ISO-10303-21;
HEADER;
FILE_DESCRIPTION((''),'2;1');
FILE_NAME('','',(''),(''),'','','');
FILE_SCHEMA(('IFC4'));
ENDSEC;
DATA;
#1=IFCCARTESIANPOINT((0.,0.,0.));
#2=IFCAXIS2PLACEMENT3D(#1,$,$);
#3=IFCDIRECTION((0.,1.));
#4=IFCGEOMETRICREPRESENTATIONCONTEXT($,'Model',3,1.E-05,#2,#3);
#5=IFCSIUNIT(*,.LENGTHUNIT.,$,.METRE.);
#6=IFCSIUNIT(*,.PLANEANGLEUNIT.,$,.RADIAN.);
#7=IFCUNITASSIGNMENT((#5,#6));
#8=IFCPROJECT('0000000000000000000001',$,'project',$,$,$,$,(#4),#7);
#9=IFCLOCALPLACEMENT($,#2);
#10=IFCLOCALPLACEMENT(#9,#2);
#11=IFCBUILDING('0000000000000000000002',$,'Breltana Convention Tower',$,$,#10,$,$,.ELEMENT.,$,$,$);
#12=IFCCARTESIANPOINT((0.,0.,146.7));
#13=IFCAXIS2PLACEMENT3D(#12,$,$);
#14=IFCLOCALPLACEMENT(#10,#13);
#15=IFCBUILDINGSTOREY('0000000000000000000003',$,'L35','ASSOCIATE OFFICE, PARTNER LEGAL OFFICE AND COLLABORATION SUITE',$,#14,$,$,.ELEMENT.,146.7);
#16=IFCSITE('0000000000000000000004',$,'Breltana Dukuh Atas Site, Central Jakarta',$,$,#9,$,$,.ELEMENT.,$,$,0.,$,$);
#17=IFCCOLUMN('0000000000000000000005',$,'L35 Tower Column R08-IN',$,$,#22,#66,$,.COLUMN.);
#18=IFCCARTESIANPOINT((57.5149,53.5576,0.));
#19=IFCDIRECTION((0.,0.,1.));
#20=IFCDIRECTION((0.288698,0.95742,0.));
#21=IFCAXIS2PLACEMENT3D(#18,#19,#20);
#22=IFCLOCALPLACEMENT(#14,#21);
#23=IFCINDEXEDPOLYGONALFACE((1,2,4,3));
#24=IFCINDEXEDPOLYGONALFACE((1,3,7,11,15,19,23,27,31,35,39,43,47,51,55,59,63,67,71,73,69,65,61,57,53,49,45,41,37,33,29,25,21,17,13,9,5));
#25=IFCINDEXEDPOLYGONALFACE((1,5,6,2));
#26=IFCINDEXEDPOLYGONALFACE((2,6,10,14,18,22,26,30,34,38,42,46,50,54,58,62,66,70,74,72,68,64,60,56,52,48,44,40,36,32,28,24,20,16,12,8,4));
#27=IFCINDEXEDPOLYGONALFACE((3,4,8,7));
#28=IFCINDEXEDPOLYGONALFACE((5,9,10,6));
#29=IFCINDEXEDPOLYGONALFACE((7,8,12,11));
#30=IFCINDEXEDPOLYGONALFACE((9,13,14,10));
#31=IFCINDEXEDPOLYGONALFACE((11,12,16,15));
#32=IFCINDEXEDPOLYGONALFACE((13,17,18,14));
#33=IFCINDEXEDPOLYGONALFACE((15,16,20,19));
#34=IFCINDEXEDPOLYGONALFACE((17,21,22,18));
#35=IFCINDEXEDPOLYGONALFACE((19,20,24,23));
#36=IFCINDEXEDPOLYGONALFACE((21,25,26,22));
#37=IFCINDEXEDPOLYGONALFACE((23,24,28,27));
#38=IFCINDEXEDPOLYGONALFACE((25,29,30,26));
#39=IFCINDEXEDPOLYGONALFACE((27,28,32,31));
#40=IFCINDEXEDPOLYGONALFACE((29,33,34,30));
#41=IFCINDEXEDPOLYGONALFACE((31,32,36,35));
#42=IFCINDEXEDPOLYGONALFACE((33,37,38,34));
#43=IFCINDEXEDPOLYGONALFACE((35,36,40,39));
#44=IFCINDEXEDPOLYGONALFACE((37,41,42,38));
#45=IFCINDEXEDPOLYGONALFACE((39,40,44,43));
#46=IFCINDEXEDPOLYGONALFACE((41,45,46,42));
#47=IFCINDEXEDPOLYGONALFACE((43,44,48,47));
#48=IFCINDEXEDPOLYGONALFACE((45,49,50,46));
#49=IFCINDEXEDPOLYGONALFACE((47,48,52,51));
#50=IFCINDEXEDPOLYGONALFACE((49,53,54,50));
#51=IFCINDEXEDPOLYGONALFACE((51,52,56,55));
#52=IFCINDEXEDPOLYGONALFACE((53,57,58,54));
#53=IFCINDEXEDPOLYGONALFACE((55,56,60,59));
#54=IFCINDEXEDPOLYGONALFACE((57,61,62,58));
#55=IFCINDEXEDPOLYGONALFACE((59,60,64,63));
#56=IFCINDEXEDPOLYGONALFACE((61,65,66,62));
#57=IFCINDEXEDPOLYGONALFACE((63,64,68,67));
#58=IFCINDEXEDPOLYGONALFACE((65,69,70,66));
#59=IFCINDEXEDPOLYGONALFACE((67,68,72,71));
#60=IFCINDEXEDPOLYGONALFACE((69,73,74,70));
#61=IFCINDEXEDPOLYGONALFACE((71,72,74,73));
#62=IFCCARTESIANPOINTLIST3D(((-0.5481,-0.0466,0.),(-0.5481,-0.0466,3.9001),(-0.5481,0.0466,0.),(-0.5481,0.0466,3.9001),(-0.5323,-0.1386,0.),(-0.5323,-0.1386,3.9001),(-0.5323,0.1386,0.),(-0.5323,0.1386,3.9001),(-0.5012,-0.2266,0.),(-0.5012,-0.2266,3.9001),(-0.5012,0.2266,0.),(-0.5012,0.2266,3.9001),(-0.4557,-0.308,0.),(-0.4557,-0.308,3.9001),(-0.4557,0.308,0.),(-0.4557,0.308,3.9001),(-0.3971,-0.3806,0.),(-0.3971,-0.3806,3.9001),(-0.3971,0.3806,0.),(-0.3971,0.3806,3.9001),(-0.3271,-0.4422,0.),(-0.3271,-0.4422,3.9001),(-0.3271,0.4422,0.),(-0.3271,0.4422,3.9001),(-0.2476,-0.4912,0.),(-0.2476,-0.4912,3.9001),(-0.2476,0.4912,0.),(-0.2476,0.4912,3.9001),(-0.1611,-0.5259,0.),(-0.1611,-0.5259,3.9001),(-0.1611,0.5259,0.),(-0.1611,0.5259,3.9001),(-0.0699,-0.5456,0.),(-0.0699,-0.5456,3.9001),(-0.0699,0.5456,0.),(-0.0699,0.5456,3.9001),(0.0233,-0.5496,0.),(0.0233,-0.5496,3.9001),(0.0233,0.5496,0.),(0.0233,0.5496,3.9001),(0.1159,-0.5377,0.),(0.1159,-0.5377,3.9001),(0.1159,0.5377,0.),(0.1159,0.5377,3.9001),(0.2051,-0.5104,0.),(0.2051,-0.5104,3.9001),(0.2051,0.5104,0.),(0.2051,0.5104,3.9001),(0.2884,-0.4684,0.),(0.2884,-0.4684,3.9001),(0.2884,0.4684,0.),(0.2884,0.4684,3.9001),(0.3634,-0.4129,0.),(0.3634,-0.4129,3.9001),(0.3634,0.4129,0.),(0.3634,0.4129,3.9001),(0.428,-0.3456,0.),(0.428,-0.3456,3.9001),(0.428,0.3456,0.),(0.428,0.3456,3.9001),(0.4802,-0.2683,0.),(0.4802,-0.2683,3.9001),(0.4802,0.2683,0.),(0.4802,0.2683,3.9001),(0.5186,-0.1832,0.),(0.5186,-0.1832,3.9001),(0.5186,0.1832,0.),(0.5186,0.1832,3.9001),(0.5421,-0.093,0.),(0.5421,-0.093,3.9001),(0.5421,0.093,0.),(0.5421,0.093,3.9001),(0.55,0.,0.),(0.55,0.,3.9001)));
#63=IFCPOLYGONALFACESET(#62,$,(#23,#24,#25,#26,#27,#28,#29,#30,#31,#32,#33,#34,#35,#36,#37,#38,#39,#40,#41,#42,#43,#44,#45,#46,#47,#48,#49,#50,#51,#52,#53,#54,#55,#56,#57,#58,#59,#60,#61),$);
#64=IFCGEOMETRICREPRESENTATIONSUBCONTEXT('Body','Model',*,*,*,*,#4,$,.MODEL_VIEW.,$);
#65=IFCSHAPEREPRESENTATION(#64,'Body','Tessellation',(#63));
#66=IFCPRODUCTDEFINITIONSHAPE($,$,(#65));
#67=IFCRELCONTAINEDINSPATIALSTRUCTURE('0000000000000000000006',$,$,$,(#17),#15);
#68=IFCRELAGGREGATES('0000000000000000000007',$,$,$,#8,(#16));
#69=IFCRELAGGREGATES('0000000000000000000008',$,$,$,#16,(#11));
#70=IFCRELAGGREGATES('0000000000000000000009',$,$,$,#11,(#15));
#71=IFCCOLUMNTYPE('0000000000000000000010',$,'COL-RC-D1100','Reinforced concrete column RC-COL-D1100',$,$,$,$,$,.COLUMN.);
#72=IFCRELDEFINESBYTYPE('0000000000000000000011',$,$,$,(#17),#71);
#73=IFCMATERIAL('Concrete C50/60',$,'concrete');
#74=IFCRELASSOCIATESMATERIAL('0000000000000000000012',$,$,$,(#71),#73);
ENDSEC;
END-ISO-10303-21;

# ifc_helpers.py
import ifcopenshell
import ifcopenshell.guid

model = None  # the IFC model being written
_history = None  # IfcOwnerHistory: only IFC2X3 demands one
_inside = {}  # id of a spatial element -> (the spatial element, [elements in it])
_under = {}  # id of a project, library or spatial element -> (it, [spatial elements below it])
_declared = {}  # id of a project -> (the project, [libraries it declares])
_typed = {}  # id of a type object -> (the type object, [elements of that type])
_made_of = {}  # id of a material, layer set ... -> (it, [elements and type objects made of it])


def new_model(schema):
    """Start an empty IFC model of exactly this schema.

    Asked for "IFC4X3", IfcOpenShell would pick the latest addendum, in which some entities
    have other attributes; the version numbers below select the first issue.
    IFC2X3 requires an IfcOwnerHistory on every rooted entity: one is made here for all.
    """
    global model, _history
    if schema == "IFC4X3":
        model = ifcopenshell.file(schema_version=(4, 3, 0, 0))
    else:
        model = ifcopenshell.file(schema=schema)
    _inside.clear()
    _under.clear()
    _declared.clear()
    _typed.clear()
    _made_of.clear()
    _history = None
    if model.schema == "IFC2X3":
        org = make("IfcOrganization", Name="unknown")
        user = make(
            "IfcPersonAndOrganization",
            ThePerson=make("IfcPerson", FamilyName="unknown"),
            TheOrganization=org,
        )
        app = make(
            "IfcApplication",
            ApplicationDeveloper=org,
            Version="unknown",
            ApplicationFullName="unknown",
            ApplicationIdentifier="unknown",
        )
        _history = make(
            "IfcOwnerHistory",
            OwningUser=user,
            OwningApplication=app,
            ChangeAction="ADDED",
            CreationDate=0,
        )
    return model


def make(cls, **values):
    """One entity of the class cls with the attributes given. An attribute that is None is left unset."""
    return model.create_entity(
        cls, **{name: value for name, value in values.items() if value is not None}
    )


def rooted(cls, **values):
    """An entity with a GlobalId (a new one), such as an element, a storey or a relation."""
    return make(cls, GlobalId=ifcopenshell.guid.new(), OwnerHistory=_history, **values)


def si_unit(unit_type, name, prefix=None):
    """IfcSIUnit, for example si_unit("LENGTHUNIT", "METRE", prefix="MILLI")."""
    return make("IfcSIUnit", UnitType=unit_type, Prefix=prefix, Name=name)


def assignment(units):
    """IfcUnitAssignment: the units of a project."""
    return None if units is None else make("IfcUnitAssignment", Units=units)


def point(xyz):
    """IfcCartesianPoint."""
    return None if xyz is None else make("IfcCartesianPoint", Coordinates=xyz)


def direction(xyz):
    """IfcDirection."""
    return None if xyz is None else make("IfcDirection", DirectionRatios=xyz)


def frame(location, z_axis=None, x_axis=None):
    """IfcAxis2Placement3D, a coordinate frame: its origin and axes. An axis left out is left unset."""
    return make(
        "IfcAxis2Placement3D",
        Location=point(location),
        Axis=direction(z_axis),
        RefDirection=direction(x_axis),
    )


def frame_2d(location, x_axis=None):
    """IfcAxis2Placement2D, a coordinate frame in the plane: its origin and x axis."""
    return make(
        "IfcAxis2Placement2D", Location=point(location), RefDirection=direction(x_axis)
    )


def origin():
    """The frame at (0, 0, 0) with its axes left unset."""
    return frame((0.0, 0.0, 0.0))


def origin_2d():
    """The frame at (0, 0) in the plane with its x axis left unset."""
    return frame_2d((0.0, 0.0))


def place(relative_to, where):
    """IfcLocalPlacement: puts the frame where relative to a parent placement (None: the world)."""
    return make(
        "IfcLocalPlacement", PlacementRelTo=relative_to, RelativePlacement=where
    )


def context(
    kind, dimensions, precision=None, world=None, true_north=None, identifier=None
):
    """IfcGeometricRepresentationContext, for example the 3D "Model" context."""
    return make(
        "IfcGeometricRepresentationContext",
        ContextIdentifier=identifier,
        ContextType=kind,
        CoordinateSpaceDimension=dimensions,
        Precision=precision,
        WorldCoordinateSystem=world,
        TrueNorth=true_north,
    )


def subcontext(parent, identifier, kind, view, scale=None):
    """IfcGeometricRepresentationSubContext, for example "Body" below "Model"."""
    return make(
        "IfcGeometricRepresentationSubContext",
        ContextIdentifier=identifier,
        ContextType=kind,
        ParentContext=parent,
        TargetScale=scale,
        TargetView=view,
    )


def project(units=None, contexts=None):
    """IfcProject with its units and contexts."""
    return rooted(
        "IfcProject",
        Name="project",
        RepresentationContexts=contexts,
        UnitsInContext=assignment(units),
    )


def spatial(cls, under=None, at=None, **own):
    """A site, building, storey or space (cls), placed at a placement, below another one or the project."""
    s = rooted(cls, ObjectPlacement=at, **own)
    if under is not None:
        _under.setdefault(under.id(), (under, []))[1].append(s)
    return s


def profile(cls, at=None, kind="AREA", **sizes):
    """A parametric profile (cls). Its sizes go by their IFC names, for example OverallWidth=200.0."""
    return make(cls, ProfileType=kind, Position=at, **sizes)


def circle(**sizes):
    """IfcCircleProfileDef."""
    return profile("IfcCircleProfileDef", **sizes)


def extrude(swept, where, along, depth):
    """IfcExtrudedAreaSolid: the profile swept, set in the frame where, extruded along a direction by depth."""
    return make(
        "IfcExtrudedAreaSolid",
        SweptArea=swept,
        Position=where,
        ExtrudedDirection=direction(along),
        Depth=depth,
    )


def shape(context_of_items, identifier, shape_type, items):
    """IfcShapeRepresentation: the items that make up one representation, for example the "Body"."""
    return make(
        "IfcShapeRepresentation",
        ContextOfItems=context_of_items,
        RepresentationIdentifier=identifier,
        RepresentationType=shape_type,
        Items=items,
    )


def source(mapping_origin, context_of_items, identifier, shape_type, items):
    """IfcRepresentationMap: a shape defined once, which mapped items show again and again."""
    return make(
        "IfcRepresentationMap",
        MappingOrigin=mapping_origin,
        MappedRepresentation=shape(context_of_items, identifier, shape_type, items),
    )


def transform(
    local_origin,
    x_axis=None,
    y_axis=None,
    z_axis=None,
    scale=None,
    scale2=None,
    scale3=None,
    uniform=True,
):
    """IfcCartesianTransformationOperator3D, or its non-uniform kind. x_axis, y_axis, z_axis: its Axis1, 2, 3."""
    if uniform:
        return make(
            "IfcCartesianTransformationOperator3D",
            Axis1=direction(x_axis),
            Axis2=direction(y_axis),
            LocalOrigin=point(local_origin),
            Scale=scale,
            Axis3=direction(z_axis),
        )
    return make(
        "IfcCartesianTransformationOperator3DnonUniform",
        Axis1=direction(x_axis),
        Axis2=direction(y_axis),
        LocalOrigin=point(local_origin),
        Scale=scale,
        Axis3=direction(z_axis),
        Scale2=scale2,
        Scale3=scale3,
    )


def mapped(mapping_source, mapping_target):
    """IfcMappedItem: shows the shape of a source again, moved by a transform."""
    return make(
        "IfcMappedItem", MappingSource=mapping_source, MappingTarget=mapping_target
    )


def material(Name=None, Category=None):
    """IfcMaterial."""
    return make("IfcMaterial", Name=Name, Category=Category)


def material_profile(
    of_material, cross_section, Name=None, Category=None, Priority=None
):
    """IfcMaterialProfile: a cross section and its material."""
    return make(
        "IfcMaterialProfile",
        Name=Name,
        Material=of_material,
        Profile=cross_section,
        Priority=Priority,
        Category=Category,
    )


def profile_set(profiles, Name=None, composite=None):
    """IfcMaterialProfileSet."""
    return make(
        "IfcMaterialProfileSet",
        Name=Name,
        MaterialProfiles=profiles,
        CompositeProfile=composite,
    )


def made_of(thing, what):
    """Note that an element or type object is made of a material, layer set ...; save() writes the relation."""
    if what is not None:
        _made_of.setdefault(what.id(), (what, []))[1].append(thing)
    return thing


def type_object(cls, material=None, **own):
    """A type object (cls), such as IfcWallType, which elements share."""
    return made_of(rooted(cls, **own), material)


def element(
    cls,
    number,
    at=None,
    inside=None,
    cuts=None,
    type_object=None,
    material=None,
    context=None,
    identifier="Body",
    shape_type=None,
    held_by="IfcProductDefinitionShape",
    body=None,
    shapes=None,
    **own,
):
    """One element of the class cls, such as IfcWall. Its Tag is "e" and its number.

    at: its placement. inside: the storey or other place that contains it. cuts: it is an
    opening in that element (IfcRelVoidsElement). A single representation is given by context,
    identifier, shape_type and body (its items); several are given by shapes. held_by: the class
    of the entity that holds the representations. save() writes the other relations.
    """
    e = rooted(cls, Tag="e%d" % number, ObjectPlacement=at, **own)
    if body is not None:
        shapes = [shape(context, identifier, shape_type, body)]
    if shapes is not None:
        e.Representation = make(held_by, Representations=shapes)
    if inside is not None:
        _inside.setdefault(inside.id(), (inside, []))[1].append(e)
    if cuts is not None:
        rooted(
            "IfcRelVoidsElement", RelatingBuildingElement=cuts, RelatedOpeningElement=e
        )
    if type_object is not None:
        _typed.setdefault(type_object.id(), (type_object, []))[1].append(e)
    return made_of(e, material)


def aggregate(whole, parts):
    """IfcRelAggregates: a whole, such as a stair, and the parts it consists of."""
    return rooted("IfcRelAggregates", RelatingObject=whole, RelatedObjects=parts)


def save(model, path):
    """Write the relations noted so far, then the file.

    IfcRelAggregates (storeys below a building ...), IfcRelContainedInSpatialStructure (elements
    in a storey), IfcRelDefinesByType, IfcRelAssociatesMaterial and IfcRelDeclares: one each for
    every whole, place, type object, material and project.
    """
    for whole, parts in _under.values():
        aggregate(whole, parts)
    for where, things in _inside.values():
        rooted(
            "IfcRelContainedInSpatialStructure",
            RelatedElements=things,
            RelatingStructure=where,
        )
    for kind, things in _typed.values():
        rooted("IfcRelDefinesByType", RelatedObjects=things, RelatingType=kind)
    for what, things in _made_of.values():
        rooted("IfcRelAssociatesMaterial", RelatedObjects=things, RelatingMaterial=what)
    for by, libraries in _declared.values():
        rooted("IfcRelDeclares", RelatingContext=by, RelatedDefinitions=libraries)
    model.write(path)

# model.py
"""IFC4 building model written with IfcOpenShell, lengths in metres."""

from ifc_helpers import new_model, si_unit, direction, frame, origin, origin_2d, place, context, subcontext, project, spatial, circle, extrude, source, transform, mapped, material, material_profile, profile_set, type_object, element, save


model = new_model("IFC4")

# Units and contexts
model_context = context("Model", 3, precision=1e-05, world=origin(), true_north=direction((0.0, 1.0)))
body_context = subcontext(model_context, "Body", "Model", "MODEL_VIEW")
ifc_project = project(units=[si_unit("LENGTHUNIT", "METRE"), si_unit("PLANEANGLEUNIT", "RADIAN")], contexts=[model_context])

# Site, building, storey
site_placement = place(None, origin())
site = spatial("IfcSite", under=ifc_project, at=site_placement, Name="Breltana Dukuh Atas Site, Central Jakarta", CompositionType="ELEMENT", RefElevation=0.0)
building_placement = place(site_placement, origin())
building = spatial("IfcBuilding", under=site, at=building_placement, Name="Breltana Convention Tower", CompositionType="ELEMENT")
storey_placement = place(building_placement, frame((0.0, 0.0, 146.7)))
storey = spatial("IfcBuildingStorey", under=building, at=storey_placement, Name="L35", Description="ASSOCIATE OFFICE, PARTNER LEGAL OFFICE AND COLLABORATION SUITE", CompositionType="ELEMENT", Elevation=146.7)

# Column
ifc_material_1 = material(Name="Concrete C50/60", Category="concrete")
ifc_material_profile_1 = material_profile(ifc_material_1, circle(Radius=0.55, at=origin_2d()), Name="RC-COL-D1100")
ifc_profile_set_1 = profile_set([ifc_material_profile_1], Name="Concrete C50/60")
column_type = type_object("IfcColumnType", Name="COL-RC-D1100", Description="Reinforced concrete column RC-COL-D1100", PredefinedType="COLUMN", material=ifc_profile_set_1)
shared_shape_1 = source(origin(), body_context, "Body", "SweptSolid", [
    extrude(circle(Radius=0.55, at=origin_2d()), origin(), (0.0, 0.0, 1.0), 3.9001),
])
for number, where, z_axis, x_axis, name in (
    (1, (57.5149, 53.5576, 0.0), (0.0, 0.0, 1.0), (0.288698, 0.95742, 0.0), "L35 Tower Column R08-IN"),
):
    element("IfcColumn", number, at=place(storey_placement, frame(where, z_axis=z_axis, x_axis=x_axis)), inside=storey, type_object=column_type, Name=name, PredefinedType="COLUMN", context=body_context, shape_type="MappedRepresentation", body=[
        mapped(shared_shape_1, transform((0.0, 0.0, 0.0), scale=1.0)),
    ])

save(model, "model.ifc")
